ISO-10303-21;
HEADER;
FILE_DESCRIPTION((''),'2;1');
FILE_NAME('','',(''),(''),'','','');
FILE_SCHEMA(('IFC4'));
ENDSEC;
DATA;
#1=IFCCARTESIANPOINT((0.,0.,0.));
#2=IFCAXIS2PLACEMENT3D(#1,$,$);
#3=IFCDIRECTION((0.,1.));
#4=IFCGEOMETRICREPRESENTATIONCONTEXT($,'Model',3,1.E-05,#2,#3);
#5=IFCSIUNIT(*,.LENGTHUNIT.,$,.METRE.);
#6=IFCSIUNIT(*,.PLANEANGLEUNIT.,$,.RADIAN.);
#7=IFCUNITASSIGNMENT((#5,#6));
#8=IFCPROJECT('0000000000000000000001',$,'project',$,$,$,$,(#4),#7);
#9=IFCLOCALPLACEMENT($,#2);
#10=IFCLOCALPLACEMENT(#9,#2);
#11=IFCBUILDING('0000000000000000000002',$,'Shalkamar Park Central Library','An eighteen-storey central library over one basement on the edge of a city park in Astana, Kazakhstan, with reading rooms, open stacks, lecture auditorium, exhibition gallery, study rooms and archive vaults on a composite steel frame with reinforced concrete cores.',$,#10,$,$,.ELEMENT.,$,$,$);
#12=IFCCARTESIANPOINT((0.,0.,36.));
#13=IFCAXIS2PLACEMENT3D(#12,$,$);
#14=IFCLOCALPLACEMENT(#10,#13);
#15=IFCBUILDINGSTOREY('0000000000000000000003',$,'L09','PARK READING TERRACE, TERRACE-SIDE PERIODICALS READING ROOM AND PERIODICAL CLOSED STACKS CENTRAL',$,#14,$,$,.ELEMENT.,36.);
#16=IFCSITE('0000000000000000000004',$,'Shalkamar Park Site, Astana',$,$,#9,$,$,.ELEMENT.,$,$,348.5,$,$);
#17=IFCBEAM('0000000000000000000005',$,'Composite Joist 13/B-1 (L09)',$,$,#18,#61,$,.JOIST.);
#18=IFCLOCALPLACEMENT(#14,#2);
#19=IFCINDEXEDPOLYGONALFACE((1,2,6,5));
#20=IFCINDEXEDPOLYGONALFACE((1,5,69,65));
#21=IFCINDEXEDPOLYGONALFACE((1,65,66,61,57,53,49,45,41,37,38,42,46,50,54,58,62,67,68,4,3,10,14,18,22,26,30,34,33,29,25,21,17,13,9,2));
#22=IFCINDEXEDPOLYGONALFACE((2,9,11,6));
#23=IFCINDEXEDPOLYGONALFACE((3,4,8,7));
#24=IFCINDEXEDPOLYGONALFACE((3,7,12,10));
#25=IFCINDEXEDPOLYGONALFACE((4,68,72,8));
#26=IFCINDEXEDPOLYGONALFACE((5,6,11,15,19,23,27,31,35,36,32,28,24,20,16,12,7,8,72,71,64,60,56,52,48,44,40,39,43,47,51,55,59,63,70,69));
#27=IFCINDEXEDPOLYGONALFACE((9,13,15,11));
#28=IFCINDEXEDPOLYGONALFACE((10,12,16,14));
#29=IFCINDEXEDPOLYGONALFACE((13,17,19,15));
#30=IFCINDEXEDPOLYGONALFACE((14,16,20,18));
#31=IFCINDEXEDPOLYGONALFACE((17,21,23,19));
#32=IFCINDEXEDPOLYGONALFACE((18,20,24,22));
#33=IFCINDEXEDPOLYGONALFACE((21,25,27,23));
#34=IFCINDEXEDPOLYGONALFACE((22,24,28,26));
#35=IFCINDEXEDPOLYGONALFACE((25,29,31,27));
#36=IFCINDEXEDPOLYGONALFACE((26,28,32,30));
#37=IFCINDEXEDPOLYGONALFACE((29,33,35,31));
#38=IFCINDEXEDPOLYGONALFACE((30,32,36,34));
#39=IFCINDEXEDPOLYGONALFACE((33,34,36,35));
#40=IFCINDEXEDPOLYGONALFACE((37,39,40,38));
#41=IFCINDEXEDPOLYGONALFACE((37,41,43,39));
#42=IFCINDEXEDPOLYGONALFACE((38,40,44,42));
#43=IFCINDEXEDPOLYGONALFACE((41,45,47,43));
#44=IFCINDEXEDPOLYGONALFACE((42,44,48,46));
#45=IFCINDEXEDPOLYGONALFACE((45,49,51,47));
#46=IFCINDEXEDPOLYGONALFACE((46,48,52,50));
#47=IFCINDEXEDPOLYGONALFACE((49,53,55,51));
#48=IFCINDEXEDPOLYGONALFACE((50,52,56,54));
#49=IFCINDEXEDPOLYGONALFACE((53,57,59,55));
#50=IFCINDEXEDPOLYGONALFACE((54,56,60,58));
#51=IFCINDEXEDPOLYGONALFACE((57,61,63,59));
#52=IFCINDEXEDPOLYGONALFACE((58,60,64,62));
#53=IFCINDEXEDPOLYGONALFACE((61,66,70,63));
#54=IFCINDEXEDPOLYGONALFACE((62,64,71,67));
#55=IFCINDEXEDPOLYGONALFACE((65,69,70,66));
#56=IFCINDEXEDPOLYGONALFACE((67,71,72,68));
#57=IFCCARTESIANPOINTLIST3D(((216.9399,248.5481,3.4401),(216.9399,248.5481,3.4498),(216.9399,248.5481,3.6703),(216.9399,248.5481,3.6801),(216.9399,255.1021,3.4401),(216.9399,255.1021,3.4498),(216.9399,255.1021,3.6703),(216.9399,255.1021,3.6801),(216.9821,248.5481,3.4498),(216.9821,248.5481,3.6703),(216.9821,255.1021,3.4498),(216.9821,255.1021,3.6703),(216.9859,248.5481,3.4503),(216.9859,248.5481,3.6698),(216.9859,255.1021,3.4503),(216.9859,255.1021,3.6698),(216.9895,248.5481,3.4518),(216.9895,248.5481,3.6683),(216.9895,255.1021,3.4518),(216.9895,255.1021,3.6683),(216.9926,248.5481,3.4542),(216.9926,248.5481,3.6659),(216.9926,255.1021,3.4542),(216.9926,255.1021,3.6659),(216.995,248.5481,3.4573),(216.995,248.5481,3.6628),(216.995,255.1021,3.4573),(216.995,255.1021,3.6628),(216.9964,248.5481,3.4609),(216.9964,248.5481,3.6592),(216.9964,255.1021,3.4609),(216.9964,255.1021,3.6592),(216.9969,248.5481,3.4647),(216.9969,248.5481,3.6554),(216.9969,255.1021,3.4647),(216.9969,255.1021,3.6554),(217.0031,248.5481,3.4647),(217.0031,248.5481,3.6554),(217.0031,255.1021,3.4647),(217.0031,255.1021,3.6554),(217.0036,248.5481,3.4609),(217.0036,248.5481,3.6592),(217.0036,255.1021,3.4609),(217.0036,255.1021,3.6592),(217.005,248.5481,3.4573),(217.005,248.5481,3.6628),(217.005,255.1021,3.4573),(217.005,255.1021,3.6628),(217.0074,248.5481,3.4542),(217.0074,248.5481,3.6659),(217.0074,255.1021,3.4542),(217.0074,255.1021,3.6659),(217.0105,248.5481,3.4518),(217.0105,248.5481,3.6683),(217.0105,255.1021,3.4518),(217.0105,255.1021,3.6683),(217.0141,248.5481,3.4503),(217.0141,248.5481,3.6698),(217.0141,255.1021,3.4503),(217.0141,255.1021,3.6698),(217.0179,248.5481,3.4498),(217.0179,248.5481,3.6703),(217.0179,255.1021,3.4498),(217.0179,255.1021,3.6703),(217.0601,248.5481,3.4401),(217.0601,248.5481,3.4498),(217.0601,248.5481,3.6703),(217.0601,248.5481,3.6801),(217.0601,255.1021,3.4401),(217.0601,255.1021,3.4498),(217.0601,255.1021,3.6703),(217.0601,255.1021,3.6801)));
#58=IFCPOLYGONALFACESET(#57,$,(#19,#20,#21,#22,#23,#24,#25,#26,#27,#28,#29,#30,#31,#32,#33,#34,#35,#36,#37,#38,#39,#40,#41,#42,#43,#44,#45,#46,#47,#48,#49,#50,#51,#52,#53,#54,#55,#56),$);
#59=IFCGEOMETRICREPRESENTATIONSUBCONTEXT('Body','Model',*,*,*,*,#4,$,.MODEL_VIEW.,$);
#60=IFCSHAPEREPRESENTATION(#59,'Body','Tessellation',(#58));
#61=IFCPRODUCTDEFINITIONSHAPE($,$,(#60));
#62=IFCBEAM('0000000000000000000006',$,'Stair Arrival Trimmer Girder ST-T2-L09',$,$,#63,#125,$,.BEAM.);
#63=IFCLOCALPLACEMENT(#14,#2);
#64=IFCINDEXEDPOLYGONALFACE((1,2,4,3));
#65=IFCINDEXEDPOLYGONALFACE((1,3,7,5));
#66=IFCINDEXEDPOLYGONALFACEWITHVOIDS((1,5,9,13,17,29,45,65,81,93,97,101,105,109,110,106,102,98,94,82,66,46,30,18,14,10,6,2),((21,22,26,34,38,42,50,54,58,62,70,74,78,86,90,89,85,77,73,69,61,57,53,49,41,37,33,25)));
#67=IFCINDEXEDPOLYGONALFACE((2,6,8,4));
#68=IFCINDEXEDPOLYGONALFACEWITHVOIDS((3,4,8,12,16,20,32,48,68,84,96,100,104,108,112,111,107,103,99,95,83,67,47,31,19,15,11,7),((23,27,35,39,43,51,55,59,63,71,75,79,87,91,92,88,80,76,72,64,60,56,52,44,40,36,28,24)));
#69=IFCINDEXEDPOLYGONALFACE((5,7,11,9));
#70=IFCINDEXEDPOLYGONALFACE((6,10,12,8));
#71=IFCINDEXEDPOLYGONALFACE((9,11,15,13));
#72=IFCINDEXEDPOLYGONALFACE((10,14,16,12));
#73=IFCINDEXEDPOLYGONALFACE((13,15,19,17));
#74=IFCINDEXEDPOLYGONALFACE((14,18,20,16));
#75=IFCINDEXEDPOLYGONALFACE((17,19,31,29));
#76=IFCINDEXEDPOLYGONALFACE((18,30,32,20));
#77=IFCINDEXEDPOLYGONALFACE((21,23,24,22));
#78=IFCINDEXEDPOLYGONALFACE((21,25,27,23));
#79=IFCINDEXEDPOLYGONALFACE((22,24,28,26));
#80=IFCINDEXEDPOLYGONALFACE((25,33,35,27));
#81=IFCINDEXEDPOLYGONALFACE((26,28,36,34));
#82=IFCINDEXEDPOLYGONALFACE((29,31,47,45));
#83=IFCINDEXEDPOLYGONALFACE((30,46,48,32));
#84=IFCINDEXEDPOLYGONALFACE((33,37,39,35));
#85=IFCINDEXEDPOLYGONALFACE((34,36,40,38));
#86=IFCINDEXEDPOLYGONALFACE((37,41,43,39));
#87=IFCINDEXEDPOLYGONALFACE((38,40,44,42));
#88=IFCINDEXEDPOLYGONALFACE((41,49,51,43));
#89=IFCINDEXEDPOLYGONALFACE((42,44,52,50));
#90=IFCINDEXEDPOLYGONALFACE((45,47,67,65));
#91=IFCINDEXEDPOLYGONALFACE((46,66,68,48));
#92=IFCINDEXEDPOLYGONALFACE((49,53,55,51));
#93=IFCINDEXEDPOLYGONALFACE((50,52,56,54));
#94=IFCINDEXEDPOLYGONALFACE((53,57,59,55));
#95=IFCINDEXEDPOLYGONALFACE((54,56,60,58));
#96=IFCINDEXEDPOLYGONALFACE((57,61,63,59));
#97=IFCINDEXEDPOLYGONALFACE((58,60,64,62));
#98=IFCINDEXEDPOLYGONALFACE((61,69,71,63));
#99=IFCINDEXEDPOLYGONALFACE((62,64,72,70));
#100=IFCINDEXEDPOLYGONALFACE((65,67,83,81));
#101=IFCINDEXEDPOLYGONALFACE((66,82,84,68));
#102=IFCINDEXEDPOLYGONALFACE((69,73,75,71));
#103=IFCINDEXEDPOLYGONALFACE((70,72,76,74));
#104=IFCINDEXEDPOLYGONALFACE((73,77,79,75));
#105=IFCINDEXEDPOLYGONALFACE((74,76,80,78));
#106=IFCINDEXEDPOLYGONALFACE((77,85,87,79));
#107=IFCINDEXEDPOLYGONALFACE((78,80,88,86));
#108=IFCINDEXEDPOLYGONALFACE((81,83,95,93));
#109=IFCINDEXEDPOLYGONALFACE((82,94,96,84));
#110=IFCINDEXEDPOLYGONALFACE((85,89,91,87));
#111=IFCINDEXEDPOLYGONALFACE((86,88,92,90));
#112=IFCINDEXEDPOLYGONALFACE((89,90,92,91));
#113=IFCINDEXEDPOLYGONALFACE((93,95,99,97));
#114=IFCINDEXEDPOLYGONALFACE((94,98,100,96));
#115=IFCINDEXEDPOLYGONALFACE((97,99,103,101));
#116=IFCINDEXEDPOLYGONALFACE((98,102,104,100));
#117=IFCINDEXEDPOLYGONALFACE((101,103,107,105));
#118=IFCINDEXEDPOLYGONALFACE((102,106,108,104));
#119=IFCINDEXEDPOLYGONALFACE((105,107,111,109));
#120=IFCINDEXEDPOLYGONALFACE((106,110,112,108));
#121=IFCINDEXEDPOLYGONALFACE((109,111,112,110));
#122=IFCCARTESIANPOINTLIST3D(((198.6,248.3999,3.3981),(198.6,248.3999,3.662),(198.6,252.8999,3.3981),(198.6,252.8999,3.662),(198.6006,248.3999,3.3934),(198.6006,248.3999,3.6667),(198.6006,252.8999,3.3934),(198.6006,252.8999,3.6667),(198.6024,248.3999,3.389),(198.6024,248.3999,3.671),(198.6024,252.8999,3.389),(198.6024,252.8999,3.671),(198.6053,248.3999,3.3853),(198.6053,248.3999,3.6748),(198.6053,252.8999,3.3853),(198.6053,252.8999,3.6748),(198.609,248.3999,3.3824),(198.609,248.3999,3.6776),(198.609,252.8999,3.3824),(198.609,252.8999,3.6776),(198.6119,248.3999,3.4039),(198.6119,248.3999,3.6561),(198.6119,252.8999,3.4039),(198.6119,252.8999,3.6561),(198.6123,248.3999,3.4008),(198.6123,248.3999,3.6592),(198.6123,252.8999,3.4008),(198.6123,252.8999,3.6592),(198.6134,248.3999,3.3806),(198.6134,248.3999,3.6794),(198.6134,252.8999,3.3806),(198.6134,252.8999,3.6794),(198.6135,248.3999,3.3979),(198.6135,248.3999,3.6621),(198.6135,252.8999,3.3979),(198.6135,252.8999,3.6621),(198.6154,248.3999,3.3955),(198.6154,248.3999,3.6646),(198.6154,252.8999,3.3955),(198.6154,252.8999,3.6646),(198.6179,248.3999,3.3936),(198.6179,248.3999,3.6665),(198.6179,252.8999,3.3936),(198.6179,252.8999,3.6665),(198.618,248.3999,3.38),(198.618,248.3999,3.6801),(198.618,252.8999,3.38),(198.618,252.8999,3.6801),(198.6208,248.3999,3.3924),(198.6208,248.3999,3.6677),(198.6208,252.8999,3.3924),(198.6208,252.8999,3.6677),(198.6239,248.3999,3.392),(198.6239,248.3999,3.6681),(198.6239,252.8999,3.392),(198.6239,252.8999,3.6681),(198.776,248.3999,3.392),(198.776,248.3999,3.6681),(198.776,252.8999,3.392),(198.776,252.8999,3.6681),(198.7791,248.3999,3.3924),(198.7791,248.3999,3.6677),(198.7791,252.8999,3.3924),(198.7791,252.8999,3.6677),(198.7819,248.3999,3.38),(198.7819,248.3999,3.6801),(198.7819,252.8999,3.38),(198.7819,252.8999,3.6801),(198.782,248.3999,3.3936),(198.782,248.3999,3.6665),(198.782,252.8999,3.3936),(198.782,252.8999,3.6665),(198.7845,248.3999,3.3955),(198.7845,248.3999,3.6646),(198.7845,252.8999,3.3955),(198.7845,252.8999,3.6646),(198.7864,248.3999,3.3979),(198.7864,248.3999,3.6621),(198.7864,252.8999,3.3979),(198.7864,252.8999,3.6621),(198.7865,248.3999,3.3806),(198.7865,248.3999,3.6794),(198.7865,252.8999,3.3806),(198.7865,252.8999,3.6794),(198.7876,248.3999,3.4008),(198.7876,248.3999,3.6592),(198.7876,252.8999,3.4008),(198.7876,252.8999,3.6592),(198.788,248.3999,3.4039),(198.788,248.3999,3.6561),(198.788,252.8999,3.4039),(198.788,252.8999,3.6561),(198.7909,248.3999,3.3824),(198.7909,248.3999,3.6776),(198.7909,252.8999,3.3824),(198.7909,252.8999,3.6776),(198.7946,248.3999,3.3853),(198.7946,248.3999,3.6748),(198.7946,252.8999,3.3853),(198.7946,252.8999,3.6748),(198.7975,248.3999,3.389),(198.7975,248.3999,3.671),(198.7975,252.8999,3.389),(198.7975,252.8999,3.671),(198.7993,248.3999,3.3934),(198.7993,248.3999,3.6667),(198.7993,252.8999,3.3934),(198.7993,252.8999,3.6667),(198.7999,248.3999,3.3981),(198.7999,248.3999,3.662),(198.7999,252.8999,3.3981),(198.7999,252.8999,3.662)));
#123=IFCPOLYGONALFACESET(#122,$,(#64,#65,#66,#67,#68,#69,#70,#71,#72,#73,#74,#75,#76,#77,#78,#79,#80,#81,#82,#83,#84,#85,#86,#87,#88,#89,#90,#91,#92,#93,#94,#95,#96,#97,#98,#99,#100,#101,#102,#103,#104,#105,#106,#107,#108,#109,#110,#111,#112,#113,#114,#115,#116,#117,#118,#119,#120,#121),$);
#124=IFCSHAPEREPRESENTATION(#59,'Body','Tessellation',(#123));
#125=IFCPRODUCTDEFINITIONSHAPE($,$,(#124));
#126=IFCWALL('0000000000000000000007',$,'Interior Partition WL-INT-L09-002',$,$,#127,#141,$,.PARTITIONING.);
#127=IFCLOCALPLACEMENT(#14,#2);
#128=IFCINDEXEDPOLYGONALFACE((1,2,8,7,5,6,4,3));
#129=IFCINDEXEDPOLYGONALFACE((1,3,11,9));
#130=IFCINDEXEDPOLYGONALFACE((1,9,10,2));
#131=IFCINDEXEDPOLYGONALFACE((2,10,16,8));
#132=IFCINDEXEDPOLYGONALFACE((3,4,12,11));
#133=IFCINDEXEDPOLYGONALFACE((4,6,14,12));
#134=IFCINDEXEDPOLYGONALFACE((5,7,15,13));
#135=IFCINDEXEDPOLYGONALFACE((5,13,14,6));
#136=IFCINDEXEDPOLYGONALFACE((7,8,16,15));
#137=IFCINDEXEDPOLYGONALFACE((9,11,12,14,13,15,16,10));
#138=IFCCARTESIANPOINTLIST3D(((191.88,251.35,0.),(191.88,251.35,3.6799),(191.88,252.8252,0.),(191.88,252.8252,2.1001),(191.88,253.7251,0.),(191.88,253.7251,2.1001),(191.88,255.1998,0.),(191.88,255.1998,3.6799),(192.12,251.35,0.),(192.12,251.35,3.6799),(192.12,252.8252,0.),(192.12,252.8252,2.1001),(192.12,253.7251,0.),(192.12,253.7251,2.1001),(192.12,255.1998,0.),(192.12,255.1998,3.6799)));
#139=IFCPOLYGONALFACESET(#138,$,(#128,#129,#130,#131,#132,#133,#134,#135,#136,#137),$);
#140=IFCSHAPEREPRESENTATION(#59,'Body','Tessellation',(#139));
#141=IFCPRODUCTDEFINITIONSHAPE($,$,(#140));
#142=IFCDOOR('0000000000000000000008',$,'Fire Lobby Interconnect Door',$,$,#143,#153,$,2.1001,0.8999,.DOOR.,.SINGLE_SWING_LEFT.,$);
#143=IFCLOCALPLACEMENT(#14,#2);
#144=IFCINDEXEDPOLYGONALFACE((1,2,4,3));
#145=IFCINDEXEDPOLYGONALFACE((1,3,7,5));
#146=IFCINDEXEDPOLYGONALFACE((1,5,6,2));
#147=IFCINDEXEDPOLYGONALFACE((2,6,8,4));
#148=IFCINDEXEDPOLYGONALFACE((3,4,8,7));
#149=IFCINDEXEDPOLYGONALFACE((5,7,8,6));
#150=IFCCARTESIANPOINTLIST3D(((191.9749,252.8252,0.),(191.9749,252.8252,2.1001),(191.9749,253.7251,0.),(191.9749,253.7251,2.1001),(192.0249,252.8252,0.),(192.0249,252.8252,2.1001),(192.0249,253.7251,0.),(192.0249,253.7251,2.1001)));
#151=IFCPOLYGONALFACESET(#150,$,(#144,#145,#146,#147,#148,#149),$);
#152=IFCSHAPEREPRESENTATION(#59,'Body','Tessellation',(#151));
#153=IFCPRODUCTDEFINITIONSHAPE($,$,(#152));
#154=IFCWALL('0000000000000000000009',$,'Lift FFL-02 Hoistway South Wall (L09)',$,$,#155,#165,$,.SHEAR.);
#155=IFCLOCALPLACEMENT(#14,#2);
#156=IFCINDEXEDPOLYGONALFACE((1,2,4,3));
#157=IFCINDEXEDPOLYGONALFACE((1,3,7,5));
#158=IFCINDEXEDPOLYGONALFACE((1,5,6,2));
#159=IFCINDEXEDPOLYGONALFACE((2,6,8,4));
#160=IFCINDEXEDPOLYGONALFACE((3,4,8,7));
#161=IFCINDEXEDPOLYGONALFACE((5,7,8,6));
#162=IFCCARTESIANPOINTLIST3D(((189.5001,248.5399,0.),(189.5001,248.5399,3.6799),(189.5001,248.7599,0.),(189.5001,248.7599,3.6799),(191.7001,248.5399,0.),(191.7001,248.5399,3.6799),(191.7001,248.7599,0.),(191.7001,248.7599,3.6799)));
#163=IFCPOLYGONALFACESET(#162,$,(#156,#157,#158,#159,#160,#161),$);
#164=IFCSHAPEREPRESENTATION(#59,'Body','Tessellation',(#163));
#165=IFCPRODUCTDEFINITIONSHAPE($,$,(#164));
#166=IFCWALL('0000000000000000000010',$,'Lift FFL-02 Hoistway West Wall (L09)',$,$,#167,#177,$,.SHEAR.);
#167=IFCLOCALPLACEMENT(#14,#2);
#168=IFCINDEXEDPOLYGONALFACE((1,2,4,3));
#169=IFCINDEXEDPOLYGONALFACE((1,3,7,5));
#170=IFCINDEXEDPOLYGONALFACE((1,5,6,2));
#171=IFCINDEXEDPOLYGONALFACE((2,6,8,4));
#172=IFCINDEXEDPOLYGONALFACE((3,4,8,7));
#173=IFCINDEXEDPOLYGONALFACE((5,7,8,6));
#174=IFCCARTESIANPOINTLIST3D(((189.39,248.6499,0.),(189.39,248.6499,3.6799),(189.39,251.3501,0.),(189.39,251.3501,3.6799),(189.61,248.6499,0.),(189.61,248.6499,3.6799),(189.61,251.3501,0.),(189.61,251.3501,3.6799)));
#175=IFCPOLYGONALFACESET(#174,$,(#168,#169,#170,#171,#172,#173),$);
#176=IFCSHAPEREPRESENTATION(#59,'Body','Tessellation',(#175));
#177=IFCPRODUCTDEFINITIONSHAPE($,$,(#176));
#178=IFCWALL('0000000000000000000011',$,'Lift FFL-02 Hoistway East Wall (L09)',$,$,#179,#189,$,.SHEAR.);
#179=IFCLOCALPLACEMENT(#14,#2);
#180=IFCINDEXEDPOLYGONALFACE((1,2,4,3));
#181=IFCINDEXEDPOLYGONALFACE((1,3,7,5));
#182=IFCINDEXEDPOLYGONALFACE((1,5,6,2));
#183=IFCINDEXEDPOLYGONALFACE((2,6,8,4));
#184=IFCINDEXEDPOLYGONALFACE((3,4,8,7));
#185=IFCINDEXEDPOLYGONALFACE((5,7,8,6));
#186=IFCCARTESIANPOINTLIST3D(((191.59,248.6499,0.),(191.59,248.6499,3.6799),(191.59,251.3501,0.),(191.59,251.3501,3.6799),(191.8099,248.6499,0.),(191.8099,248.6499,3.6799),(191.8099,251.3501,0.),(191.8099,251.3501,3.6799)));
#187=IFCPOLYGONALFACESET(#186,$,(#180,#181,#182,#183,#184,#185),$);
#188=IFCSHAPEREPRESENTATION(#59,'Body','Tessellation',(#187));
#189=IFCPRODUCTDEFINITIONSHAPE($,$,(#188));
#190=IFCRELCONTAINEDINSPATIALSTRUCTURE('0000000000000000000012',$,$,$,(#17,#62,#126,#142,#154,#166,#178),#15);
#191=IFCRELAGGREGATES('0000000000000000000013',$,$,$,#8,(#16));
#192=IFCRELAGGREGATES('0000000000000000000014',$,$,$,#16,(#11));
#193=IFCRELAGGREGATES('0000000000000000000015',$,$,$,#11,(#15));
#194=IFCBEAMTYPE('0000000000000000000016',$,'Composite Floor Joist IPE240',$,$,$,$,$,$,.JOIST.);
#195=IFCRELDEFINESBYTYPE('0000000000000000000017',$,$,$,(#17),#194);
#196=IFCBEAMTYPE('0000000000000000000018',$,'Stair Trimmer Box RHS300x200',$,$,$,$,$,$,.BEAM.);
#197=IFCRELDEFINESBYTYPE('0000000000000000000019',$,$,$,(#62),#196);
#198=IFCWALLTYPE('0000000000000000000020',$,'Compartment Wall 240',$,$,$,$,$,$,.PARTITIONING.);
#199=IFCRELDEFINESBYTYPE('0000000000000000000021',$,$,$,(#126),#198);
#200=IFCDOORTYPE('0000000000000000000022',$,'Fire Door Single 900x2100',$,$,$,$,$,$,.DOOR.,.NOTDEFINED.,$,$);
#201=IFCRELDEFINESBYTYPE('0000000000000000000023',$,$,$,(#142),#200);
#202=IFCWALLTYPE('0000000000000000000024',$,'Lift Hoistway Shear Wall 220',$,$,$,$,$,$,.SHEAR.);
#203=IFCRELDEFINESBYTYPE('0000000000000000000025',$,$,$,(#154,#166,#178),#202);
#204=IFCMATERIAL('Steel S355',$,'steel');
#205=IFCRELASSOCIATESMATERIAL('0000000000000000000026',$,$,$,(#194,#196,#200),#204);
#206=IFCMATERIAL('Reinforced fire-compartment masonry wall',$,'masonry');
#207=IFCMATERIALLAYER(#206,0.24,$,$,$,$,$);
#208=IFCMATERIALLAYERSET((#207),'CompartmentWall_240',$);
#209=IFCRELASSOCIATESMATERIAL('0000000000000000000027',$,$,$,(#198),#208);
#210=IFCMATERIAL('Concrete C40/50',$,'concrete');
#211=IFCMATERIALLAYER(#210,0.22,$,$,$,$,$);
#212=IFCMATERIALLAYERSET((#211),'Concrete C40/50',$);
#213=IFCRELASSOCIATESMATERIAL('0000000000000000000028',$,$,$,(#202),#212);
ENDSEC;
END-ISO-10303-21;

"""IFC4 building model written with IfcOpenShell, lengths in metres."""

from ifc_helpers import new_model, si_unit, direction, frame, frame_2d, origin, origin_2d, place, context, subcontext, project, spatial, rectangle, hollow_rectangle, i_section, extrude, material, layer, layer_set, material_profile, profile_set, type_object, element, fill, save


model = new_model("IFC4")

# Units and contexts
model_context = context("Model", 3, precision=1e-05, world=origin(), true_north=direction((0.0, 1.0)))
body_context = subcontext(model_context, "Body", "Model", "MODEL_VIEW")
ifc_project = project(units=[si_unit("LENGTHUNIT", "METRE"), si_unit("PLANEANGLEUNIT", "RADIAN")], contexts=[model_context])

# Site, building, storey
site_placement = place(None, origin())
site = spatial("IfcSite", under=ifc_project, at=site_placement, Name="Shalkamar Park Site, Astana", CompositionType="ELEMENT", RefElevation=348.5)
building_placement = place(site_placement, origin())
building = spatial("IfcBuilding", under=site, at=building_placement, Name="Shalkamar Park Central Library", Description="An eighteen-storey central library over one basement on the edge of a city park in Astana, Kazakhstan, with reading rooms, open stacks, lecture auditorium, exhibition gallery, study rooms and archive vaults on a composite steel frame with reinforced concrete cores.", CompositionType="ELEMENT")
storey_placement = place(building_placement, frame((0.0, 0.0, 36.0)))
storey = spatial("IfcBuildingStorey", under=building, at=storey_placement, Name="L09", Description="PARK READING TERRACE, TERRACE-SIDE PERIODICALS READING ROOM AND PERIODICAL CLOSED STACKS CENTRAL", CompositionType="ELEMENT", Elevation=36.0)

# Beams
ifc_material_1 = material(Name="Steel S355", Category="steel")
ifc_material_profile_1 = material_profile(ifc_material_1, i_section(OverallWidth=0.1201, OverallDepth=0.24, WebThickness=0.0061, FlangeThickness=0.0098, FilletRadius=0.0149, at=origin_2d()), Name="IPE 240")
ifc_profile_set_1 = profile_set([ifc_material_profile_1], Name="Steel S355")
beam_type_1 = type_object("IfcBeamType", Name="Composite Floor Joist IPE240", PredefinedType="JOIST", material=ifc_profile_set_1)
for number, where, z_axis, x_axis, name in (
    (1, (217.0, 248.5481, 3.5601), (0.0, 1.0, 0.0), (-1.0, 0.0, 0.0), "Composite Joist 13/B-1 (L09)"),
):
    element("IfcBeam", number, at=place(storey_placement, frame(where, z_axis=z_axis, x_axis=x_axis)), inside=storey, type_object=beam_type_1, Name=name, PredefinedType="JOIST", context=body_context, shape_type="SweptSolid", body=[
        extrude(i_section(OverallWidth=0.1201, OverallDepth=0.24, WebThickness=0.0061, FlangeThickness=0.0098, FilletRadius=0.0149, at=origin_2d()), origin(), (0.0, 0.0, 1.0), 6.554),
    ])
ifc_material_profile_2 = material_profile(ifc_material_1, hollow_rectangle(XDim=0.2, YDim=0.3, WallThickness=0.012, InnerFilletRadius=0.012, OuterFilletRadius=0.0181, at=origin_2d()), Name="RHS 300x200x12")
ifc_profile_set_2 = profile_set([ifc_material_profile_2], Name="Steel S355")
beam_type_2 = type_object("IfcBeamType", Name="Stair Trimmer Box RHS300x200", PredefinedType="BEAM", material=ifc_profile_set_2)
beam_1_placement = place(storey_placement, frame((198.7, 248.3999, 3.53), z_axis=(0.0, 1.0, 0.0), x_axis=(-1.0, 0.0, 0.0)))
element("IfcBeam", 2, at=beam_1_placement, inside=storey, type_object=beam_type_2, Name="Stair Arrival Trimmer Girder ST-T2-L09", PredefinedType="BEAM", context=body_context, shape_type="SweptSolid", body=[
    extrude(hollow_rectangle(XDim=0.2, YDim=0.3, WallThickness=0.012, InnerFilletRadius=0.012, OuterFilletRadius=0.0181, at=origin_2d()), origin(), (0.0, 0.0, 1.0), 4.5),
])

# Wall, opening, door
ifc_material_2 = material(Name="Reinforced fire-compartment masonry wall", Category="masonry")
ifc_layer_1 = layer(ifc_material_2, 0.24)
ifc_layer_set_1 = layer_set([ifc_layer_1], Name="CompartmentWall_240")
wall_type_1 = type_object("IfcWallType", Name="Compartment Wall 240", PredefinedType="PARTITIONING", material=ifc_layer_set_1)
wall_1_placement = place(storey_placement, frame((192.0, 251.3501, 0.0), z_axis=(0.0, 0.0, 1.0), x_axis=(0.0, 1.0, 0.0)))
wall_1 = element("IfcWall", 3, at=wall_1_placement, inside=storey, type_object=wall_type_1, Name="Interior Partition WL-INT-L09-002", PredefinedType="PARTITIONING", context=body_context, shape_type="SweptSolid", body=[
    extrude(rectangle(XDim=3.8499, YDim=0.24, at=frame_2d((1.9248, 0.0))), origin(), (0.0, 0.0, 1.0), 3.6799),
])
opening_1_placement = place(wall_1_placement, frame((1.4751, 0.0, 0.0)))
opening_1 = element("IfcOpeningElement", 4, at=opening_1_placement, cuts=wall_1, PredefinedType="OPENING", context=body_context, shape_type="SweptSolid", body=[
    extrude(rectangle(XDim=0.8999, YDim=2.1001, at=frame_2d((0.45, 1.05))), frame((0.0, 0.1348, 0.0), z_axis=(0.0, -1.0, 0.0), x_axis=(1.0, 0.0, 0.0)), (0.0, 0.0, 1.0), 0.2698),
])
door_type_1 = type_object("IfcDoorType", Name="Fire Door Single 900x2100", OperationType="NOTDEFINED", PredefinedType="DOOR", material=ifc_material_1)
door_1_placement = place(opening_1_placement, frame((0.8999, 0.0, 0.0), z_axis=(0.0, 0.0, 1.0), x_axis=(-1.0, 0.0, 0.0)))
door_1 = element("IfcDoor", 5, at=door_1_placement, inside=storey, type_object=door_type_1, Name="Fire Lobby Interconnect Door", OperationType="SINGLE_SWING_LEFT", OverallHeight=2.1001, OverallWidth=0.8999, PredefinedType="DOOR", context=body_context, shape_type="SweptSolid", body=[
    extrude(rectangle(XDim=0.8999, YDim=2.1001, at=frame_2d((0.45, 1.05))), frame((0.0, 0.0249, 0.0), z_axis=(0.0, -1.0, 0.0), x_axis=(1.0, 0.0, 0.0)), (0.0, 0.0, 1.0), 0.05),
])
fill(opening_1, door_1)

# Walls
ifc_material_3 = material(Name="Concrete C40/50", Category="concrete")
ifc_layer_2 = layer(ifc_material_3, 0.22)
ifc_layer_set_2 = layer_set([ifc_layer_2], Name="Concrete C40/50")
wall_type_2 = type_object("IfcWallType", Name="Lift Hoistway Shear Wall 220", PredefinedType="SHEAR", material=ifc_layer_set_2)
wall_2_placement = place(storey_placement, frame((189.5, 248.6499, 0.0), z_axis=(0.0, 0.0, 1.0), x_axis=(1.0, 0.0, 0.0)))
element("IfcWall", 6, at=wall_2_placement, inside=storey, type_object=wall_type_2, Name="Lift FFL-02 Hoistway South Wall (L09)", PredefinedType="SHEAR", context=body_context, shape_type="SweptSolid", body=[
    extrude(rectangle(XDim=2.2, YDim=0.22, at=frame_2d((1.1001, 0.0))), origin(), (0.0, 0.0, 1.0), 3.6799),
])
for number, where, z_axis, x_axis, name in (
    (7, (189.5, 248.6499, 0.0), (0.0, 0.0, 1.0), (0.0, 1.0, 0.0), "Lift FFL-02 Hoistway West Wall (L09)"),
    (8, (191.7, 248.6499, 0.0), (0.0, 0.0, 1.0), (0.0, 1.0, 0.0), "Lift FFL-02 Hoistway East Wall (L09)"),
):
    element("IfcWall", number, at=place(storey_placement, frame(where, z_axis=z_axis, x_axis=x_axis)), inside=storey, type_object=wall_type_2, Name=name, PredefinedType="SHEAR", context=body_context, shape_type="SweptSolid", body=[
        extrude(rectangle(XDim=2.7002, YDim=0.22, at=frame_2d((1.3501, 0.0))), origin(), (0.0, 0.0, 1.0), 3.6799),
    ])

save(model, "model.ifc")
